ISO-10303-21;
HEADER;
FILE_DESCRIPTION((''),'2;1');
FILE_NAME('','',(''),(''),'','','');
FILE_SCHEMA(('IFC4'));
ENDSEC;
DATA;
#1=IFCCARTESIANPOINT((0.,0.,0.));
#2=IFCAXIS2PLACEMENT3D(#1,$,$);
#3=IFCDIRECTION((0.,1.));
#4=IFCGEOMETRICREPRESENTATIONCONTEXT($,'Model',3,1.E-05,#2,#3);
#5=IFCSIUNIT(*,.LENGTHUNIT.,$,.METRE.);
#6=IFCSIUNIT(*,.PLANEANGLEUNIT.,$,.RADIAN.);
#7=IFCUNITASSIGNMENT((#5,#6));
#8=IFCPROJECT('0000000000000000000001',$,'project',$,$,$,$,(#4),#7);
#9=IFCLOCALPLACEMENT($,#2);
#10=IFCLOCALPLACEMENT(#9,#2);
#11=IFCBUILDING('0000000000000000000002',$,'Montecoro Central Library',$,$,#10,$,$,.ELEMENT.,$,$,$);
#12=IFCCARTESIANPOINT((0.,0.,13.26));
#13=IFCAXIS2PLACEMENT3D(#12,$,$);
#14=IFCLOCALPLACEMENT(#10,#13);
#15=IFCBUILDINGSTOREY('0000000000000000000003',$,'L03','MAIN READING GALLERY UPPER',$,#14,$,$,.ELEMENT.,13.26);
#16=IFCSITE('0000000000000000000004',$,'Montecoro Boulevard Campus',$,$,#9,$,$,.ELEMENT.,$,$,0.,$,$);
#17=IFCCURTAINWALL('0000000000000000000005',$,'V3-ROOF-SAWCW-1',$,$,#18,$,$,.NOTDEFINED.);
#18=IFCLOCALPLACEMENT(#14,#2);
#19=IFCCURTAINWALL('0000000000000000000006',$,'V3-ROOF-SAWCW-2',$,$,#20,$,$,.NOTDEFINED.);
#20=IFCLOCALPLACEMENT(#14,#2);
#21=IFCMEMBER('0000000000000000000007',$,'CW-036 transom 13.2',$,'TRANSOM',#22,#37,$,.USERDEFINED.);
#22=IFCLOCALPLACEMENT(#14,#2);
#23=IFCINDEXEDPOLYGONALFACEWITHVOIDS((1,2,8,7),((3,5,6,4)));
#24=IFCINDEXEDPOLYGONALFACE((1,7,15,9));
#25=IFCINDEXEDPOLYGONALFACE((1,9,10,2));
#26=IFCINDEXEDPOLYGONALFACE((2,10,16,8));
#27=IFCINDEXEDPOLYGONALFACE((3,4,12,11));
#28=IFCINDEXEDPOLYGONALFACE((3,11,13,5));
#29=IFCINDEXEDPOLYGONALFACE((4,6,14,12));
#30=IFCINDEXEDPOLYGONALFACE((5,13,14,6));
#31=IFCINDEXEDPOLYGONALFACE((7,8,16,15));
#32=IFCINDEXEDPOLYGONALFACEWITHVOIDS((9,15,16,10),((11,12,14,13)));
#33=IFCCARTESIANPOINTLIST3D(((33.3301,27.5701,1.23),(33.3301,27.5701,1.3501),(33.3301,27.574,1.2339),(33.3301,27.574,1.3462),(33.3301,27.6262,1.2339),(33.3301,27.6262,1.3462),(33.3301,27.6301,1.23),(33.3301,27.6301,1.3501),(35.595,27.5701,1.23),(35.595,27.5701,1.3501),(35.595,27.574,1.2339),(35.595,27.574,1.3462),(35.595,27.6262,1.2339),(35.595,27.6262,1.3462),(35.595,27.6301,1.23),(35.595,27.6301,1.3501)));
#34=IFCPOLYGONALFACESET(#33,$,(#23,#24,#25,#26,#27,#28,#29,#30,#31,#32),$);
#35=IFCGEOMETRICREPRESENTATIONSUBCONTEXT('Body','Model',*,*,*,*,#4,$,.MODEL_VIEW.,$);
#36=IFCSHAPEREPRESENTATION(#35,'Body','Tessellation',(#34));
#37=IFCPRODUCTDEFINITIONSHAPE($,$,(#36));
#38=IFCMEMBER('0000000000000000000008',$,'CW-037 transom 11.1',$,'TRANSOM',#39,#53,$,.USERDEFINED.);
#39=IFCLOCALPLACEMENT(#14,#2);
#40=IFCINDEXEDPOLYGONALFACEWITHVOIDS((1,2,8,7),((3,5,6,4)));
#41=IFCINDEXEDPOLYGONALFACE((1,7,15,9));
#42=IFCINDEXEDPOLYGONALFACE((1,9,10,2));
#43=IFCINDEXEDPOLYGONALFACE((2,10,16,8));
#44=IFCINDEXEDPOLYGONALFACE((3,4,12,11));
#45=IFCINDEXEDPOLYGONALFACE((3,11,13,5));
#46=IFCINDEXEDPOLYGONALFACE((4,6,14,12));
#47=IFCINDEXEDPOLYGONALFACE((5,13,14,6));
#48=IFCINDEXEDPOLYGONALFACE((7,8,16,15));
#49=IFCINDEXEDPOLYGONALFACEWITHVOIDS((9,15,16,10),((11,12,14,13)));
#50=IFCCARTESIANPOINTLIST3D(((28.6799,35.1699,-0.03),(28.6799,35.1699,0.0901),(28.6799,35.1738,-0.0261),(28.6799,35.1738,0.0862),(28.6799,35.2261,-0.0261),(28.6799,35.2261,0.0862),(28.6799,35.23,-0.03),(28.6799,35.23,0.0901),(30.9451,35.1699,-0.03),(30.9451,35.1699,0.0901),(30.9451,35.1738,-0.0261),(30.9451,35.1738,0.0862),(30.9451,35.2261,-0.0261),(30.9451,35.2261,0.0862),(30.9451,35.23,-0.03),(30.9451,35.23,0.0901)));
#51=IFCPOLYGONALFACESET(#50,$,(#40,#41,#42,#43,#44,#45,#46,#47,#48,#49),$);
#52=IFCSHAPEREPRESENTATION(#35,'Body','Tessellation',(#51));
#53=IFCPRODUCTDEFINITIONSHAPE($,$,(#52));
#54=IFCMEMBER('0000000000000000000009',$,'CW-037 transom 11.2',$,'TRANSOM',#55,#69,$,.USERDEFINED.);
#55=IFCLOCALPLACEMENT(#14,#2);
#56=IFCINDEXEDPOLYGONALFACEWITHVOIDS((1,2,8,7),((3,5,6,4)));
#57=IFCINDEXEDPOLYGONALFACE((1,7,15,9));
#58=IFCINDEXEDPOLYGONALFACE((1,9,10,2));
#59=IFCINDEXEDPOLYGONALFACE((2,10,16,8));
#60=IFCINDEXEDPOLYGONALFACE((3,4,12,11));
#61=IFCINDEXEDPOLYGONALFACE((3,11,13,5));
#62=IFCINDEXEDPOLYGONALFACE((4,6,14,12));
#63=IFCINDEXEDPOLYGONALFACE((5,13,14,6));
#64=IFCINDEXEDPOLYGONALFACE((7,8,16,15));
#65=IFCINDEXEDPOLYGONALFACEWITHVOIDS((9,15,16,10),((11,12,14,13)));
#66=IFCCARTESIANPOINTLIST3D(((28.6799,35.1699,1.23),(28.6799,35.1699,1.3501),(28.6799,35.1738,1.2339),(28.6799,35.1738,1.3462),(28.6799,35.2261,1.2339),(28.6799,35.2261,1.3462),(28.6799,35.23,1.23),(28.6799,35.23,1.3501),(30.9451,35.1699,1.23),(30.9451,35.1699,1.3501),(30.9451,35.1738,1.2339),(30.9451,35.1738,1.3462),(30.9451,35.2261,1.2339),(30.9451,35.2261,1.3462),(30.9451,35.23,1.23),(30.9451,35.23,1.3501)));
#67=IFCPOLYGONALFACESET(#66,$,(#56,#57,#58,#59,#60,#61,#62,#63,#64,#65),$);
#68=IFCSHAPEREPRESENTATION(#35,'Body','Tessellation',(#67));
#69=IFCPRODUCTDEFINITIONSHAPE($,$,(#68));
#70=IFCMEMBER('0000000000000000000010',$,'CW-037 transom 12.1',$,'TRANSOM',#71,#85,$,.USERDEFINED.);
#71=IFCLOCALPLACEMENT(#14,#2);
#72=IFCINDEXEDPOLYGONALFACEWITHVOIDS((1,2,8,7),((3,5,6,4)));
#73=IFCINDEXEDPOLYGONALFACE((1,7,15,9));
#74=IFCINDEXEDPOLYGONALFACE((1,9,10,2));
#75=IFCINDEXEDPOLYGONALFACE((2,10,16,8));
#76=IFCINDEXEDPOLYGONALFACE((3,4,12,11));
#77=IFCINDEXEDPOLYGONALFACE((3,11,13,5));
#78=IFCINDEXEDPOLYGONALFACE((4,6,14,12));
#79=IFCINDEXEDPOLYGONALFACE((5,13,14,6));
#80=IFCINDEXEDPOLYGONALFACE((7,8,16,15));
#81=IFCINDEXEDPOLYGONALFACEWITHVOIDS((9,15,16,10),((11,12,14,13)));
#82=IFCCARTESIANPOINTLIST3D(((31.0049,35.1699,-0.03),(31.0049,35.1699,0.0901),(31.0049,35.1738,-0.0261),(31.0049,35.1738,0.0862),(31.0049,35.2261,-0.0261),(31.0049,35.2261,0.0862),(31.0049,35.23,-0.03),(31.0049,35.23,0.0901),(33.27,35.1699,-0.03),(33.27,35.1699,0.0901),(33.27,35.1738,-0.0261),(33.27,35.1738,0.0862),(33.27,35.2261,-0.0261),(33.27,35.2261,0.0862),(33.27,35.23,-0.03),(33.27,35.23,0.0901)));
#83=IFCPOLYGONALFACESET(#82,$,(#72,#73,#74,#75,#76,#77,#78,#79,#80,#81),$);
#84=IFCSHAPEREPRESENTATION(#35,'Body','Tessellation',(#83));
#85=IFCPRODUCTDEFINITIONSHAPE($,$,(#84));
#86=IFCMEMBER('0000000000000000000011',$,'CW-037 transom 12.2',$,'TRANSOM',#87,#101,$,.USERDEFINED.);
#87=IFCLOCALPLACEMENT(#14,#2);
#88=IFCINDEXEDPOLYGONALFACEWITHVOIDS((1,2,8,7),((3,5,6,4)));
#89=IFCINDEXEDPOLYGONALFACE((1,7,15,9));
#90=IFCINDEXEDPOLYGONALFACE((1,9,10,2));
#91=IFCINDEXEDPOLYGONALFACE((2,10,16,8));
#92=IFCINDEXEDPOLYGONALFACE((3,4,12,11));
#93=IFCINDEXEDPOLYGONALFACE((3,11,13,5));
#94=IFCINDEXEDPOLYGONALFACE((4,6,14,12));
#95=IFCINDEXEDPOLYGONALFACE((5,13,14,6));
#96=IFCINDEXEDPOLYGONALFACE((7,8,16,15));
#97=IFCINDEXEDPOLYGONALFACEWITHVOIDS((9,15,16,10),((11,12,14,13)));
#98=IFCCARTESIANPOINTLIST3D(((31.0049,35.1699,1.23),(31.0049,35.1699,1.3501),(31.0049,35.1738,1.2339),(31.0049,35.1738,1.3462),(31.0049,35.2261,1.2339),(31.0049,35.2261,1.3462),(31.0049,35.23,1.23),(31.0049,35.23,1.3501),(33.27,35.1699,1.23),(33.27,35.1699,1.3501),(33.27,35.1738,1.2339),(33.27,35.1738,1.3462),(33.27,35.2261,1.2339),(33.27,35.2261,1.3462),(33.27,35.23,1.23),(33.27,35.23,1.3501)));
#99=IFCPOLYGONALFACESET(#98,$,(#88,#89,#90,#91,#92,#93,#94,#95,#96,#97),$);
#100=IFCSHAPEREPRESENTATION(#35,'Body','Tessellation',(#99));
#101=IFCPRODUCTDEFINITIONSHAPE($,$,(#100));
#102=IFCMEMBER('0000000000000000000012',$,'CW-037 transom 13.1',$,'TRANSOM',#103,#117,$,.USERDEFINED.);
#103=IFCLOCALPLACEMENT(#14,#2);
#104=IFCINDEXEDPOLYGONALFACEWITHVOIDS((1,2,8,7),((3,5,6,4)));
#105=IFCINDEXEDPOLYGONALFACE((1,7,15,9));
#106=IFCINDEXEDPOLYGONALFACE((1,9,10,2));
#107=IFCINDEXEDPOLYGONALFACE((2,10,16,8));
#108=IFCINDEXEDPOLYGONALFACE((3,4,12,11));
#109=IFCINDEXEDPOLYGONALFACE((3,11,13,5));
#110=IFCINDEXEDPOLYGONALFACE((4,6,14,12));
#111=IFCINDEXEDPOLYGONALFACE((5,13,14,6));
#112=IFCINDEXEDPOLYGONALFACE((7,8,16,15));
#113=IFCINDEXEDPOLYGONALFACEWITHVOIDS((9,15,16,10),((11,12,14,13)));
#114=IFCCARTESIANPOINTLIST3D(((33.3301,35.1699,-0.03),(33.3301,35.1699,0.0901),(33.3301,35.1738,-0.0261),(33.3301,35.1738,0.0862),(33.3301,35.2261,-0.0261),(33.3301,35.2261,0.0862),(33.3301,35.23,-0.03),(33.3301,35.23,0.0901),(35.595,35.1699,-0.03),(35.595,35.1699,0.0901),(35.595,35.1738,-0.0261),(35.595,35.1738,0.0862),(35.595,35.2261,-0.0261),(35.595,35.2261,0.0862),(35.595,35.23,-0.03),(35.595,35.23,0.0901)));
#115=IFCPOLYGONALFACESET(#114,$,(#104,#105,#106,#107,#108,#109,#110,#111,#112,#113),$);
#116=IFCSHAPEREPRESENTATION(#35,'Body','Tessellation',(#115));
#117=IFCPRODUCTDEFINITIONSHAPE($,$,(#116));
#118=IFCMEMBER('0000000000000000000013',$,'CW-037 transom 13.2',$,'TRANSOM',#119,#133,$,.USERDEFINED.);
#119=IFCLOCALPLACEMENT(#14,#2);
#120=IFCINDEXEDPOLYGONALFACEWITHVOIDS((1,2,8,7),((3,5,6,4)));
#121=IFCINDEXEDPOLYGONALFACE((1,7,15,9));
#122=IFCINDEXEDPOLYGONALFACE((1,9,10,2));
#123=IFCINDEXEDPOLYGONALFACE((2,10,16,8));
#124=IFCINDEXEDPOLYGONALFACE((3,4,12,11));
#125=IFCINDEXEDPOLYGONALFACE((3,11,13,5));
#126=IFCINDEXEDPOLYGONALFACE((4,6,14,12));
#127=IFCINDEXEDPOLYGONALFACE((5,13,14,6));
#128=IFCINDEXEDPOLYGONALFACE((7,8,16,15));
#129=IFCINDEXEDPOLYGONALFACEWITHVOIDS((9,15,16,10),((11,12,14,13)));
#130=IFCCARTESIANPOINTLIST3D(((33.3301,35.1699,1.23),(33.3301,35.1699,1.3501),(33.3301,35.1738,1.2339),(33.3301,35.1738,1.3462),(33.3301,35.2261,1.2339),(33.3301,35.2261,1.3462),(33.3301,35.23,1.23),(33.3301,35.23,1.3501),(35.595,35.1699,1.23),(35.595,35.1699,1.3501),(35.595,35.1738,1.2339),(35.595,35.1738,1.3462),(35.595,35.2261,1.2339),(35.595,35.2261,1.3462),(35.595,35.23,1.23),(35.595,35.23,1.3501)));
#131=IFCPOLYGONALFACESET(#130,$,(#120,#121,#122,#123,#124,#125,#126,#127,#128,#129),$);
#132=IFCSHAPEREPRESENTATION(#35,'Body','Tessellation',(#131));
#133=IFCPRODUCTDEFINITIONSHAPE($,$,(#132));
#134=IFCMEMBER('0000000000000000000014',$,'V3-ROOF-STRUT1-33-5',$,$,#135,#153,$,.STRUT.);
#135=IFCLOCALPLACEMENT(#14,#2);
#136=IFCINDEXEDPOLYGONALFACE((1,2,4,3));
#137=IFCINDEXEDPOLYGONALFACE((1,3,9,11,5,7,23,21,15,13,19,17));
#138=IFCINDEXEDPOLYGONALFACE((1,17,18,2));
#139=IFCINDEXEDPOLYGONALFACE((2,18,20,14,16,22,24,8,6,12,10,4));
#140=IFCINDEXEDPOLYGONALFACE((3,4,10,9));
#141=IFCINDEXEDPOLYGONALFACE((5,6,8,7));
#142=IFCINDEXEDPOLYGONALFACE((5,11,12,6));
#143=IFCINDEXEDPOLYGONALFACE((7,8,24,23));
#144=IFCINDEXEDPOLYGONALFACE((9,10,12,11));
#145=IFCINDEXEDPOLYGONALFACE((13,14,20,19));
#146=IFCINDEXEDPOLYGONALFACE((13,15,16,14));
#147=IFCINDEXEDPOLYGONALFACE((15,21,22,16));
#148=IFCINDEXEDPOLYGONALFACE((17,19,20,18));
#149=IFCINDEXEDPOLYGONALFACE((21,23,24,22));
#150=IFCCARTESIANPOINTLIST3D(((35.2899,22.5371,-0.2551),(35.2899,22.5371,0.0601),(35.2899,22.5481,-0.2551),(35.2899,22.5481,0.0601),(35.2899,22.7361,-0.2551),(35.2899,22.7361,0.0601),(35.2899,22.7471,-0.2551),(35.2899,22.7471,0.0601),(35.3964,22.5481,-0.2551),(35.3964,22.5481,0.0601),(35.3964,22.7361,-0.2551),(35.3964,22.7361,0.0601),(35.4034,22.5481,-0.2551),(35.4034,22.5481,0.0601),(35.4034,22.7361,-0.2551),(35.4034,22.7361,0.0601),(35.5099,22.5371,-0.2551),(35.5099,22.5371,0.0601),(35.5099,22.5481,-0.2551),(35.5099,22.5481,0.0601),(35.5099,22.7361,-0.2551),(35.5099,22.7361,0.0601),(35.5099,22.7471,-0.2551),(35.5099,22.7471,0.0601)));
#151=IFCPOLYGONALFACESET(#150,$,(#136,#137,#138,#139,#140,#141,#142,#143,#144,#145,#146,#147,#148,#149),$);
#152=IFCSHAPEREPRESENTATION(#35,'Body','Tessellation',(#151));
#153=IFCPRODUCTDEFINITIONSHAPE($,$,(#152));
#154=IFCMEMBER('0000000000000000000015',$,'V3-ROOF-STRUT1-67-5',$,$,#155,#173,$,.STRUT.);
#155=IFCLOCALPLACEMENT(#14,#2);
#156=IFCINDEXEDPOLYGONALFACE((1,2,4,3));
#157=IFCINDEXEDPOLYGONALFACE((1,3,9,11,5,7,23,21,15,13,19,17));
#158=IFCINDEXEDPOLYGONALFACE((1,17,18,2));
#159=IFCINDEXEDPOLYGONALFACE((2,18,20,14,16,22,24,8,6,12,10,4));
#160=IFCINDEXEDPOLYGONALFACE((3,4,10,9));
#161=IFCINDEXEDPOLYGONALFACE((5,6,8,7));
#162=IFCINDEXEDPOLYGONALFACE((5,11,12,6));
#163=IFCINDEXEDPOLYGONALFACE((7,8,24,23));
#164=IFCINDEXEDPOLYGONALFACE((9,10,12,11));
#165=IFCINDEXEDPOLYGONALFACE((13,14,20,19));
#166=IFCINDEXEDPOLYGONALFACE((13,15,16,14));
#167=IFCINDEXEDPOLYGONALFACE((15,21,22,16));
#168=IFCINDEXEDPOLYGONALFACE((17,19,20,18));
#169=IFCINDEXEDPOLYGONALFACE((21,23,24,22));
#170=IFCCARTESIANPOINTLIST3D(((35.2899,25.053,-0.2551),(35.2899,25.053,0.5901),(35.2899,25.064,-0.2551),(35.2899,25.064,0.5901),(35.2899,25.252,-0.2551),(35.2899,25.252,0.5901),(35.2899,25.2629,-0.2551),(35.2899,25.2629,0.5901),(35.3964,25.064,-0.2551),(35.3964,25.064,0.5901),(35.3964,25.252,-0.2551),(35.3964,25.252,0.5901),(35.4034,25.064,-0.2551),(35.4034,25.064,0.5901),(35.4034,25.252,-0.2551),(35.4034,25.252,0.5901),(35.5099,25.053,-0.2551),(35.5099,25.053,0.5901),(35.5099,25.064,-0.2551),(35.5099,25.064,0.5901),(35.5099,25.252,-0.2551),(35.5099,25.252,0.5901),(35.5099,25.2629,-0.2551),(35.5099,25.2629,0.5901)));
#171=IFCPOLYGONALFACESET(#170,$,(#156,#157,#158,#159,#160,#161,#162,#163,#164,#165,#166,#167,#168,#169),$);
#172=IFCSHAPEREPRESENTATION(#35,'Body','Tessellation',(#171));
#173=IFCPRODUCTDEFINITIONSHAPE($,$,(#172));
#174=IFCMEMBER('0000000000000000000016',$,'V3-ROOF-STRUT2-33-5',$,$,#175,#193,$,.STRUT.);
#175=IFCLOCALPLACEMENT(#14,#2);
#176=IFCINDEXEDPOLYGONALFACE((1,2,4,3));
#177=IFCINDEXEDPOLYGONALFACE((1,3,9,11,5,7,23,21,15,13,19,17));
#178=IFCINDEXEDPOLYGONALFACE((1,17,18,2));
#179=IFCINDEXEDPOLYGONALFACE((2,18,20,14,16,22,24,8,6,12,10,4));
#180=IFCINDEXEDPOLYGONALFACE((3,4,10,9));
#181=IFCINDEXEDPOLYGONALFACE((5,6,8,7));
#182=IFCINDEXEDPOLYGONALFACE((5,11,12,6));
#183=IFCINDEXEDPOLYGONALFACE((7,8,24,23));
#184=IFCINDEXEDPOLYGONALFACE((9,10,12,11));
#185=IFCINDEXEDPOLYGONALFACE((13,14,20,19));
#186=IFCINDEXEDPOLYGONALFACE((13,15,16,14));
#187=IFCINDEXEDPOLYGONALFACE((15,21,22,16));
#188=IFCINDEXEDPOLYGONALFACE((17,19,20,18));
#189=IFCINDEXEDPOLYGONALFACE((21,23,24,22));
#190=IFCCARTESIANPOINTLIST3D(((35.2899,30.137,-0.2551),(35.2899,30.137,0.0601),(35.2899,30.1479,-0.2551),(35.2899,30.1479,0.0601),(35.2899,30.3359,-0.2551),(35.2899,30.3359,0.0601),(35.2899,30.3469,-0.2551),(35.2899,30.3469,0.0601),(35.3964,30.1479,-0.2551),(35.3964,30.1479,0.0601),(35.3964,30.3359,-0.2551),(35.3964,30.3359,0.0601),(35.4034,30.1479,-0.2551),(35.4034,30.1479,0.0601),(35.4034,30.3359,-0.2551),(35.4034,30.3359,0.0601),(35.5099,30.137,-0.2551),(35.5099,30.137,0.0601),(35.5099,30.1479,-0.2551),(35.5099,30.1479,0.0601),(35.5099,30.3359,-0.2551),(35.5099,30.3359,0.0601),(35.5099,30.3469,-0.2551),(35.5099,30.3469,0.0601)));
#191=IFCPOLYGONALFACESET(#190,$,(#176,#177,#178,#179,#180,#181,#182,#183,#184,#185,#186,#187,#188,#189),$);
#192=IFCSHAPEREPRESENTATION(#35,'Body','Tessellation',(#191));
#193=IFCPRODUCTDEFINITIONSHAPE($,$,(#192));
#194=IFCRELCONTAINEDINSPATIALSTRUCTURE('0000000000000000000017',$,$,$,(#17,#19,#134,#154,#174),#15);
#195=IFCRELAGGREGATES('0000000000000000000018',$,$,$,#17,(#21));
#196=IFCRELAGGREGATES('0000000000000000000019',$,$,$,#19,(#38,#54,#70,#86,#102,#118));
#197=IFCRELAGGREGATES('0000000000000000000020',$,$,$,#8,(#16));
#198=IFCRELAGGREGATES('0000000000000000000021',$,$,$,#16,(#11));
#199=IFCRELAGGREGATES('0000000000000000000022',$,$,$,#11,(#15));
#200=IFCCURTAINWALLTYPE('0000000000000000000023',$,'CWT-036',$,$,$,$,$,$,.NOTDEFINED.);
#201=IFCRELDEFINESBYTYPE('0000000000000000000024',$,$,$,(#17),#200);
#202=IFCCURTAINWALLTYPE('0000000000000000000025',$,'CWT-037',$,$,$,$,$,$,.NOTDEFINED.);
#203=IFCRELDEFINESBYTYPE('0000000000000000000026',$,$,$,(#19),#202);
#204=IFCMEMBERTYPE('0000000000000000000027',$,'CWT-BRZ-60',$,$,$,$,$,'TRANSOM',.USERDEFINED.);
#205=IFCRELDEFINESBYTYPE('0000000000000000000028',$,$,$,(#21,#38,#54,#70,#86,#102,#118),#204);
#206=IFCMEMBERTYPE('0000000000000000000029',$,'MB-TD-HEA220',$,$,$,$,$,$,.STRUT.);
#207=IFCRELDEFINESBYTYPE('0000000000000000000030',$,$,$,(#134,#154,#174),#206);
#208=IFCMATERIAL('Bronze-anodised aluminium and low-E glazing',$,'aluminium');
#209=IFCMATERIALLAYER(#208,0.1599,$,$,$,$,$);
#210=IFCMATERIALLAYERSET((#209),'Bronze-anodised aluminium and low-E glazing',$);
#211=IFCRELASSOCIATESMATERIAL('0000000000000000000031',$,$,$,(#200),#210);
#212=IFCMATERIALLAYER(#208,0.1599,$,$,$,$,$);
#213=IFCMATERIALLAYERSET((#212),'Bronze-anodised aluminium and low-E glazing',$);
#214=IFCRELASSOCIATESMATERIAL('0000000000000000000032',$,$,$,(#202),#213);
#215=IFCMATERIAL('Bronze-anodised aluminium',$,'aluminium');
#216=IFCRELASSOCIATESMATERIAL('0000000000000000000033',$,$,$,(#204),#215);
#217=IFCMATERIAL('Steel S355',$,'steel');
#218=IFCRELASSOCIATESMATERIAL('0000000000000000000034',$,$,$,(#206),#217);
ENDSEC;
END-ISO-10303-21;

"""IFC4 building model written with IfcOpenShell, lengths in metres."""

from ifc_helpers import new_model, si_unit, direction, frame, origin, origin_2d, place, context, subcontext, project, spatial, hollow_rectangle, i_section, extrude, material, layer, layer_set, material_profile, profile_set, type_object, element, aggregate, save


model = new_model("IFC4")

# Units and contexts
model_context = context("Model", 3, precision=1e-05, world=origin(), true_north=direction((0.0, 1.0)))
body_context = subcontext(model_context, "Body", "Model", "MODEL_VIEW")
ifc_project = project(units=[si_unit("LENGTHUNIT", "METRE"), si_unit("PLANEANGLEUNIT", "RADIAN")], contexts=[model_context])

# Site, building, storey
site_placement = place(None, origin())
site = spatial("IfcSite", under=ifc_project, at=site_placement, Name="Montecoro Boulevard Campus", CompositionType="ELEMENT", RefElevation=0.0)
building_placement = place(site_placement, origin())
building = spatial("IfcBuilding", under=site, at=building_placement, Name="Montecoro Central Library", CompositionType="ELEMENT")
storey_placement = place(building_placement, frame((0.0, 0.0, 13.26)))
storey = spatial("IfcBuildingStorey", under=building, at=storey_placement, Name="L03", Description="MAIN READING GALLERY UPPER", CompositionType="ELEMENT", Elevation=13.26)

# Curtain walls
ifc_material_1 = material(Name="Bronze-anodised aluminium and low-E glazing", Category="aluminium")
ifc_layer_1 = layer(ifc_material_1, 0.1599)
ifc_layer_set_1 = layer_set([ifc_layer_1], Name="Bronze-anodised aluminium and low-E glazing")
curtain_wall_type_1 = type_object("IfcCurtainWallType", Name="CWT-036", PredefinedType="NOTDEFINED", material=ifc_layer_set_1)
curtain_wall_1_placement = place(storey_placement, origin())
curtain_wall_1 = element("IfcCurtainWall", 1, at=curtain_wall_1_placement, inside=storey, type_object=curtain_wall_type_1, Name="V3-ROOF-SAWCW-1", PredefinedType="NOTDEFINED")
ifc_material_2 = material(Name="Bronze-anodised aluminium", Category="aluminium")
ifc_layer_2 = layer(ifc_material_1, 0.1599)
ifc_layer_set_2 = layer_set([ifc_layer_2], Name="Bronze-anodised aluminium and low-E glazing")
curtain_wall_type_2 = type_object("IfcCurtainWallType", Name="CWT-037", PredefinedType="NOTDEFINED", material=ifc_layer_set_2)
curtain_wall_2_placement = place(storey_placement, origin())
curtain_wall_2 = element("IfcCurtainWall", 2, at=curtain_wall_2_placement, inside=storey, type_object=curtain_wall_type_2, Name="V3-ROOF-SAWCW-2", PredefinedType="NOTDEFINED")

# Members
ifc_material_profile_1 = material_profile(ifc_material_2, hollow_rectangle(XDim=0.0601, YDim=0.1201, WallThickness=0.0039, at=origin_2d()), Name="CWT 120x60x4.0")
ifc_profile_set_1 = profile_set([ifc_material_profile_1], Name="Bronze-anodised aluminium")
member_type_1 = type_object("IfcMemberType", Name="CWT-BRZ-60", ElementType="TRANSOM", PredefinedType="USERDEFINED", material=ifc_profile_set_1)
member_1_placement = place(storey_placement, frame((33.3301, 27.6001, 1.29), z_axis=(1.0, 0.0, 0.0), x_axis=(0.0, 1.0, 0.0)))
member_1 = element("IfcMember", 3, at=member_1_placement, type_object=member_type_1, Name="CW-036 transom 13.2", ObjectType="TRANSOM", PredefinedType="USERDEFINED", context=body_context, shape_type="SweptSolid", body=[
    extrude(hollow_rectangle(XDim=0.0601, YDim=0.1201, WallThickness=0.0039, at=origin_2d()), origin(), (0.0, 0.0, 1.0), 2.2649),
])
member_2_placement = place(storey_placement, frame((28.6799, 35.2, 0.03), z_axis=(1.0, 0.0, 0.0), x_axis=(0.0, 1.0, 0.0)))
member_2 = element("IfcMember", 4, at=member_2_placement, type_object=member_type_1, Name="CW-037 transom 11.1", ObjectType="TRANSOM", PredefinedType="USERDEFINED", context=body_context, shape_type="SweptSolid", body=[
    extrude(hollow_rectangle(XDim=0.0601, YDim=0.1201, WallThickness=0.0039, at=origin_2d()), origin(), (0.0, 0.0, 1.0), 2.2651),
])
member_3_placement = place(storey_placement, frame((28.6799, 35.2, 1.29), z_axis=(1.0, 0.0, 0.0), x_axis=(0.0, 1.0, 0.0)))
member_3 = element("IfcMember", 5, at=member_3_placement, type_object=member_type_1, Name="CW-037 transom 11.2", ObjectType="TRANSOM", PredefinedType="USERDEFINED", context=body_context, shape_type="SweptSolid", body=[
    extrude(hollow_rectangle(XDim=0.0601, YDim=0.1201, WallThickness=0.0039, at=origin_2d()), origin(), (0.0, 0.0, 1.0), 2.2651),
])
member_4_placement = place(storey_placement, frame((31.0049, 35.2, 0.03), z_axis=(1.0, 0.0, 0.0), x_axis=(0.0, 1.0, 0.0)))
member_4 = element("IfcMember", 6, at=member_4_placement, type_object=member_type_1, Name="CW-037 transom 12.1", ObjectType="TRANSOM", PredefinedType="USERDEFINED", context=body_context, shape_type="SweptSolid", body=[
    extrude(hollow_rectangle(XDim=0.0601, YDim=0.1201, WallThickness=0.0039, at=origin_2d()), origin(), (0.0, 0.0, 1.0), 2.2651),
])
member_5_placement = place(storey_placement, frame((31.0049, 35.2, 1.29), z_axis=(1.0, 0.0, 0.0), x_axis=(0.0, 1.0, 0.0)))
member_5 = element("IfcMember", 7, at=member_5_placement, type_object=member_type_1, Name="CW-037 transom 12.2", ObjectType="TRANSOM", PredefinedType="USERDEFINED", context=body_context, shape_type="SweptSolid", body=[
    extrude(hollow_rectangle(XDim=0.0601, YDim=0.1201, WallThickness=0.0039, at=origin_2d()), origin(), (0.0, 0.0, 1.0), 2.2651),
])
member_6_placement = place(storey_placement, frame((33.3301, 35.2, 0.03), z_axis=(1.0, 0.0, 0.0), x_axis=(0.0, 1.0, 0.0)))
member_6 = element("IfcMember", 8, at=member_6_placement, type_object=member_type_1, Name="CW-037 transom 13.1", ObjectType="TRANSOM", PredefinedType="USERDEFINED", context=body_context, shape_type="SweptSolid", body=[
    extrude(hollow_rectangle(XDim=0.0601, YDim=0.1201, WallThickness=0.0039, at=origin_2d()), origin(), (0.0, 0.0, 1.0), 2.2649),
])
member_7_placement = place(storey_placement, frame((33.3301, 35.2, 1.29), z_axis=(1.0, 0.0, 0.0), x_axis=(0.0, 1.0, 0.0)))
member_7 = element("IfcMember", 9, at=member_7_placement, type_object=member_type_1, Name="CW-037 transom 13.2", ObjectType="TRANSOM", PredefinedType="USERDEFINED", context=body_context, shape_type="SweptSolid", body=[
    extrude(hollow_rectangle(XDim=0.0601, YDim=0.1201, WallThickness=0.0039, at=origin_2d()), origin(), (0.0, 0.0, 1.0), 2.2649),
])

# Members
ifc_material_3 = material(Name="Steel S355", Category="steel")
ifc_material_profile_2 = material_profile(ifc_material_3, i_section(OverallWidth=0.22, OverallDepth=0.21, WebThickness=0.0071, FlangeThickness=0.011, at=origin_2d()), Name="HEA 220")
ifc_profile_set_2 = profile_set([ifc_material_profile_2], Name="Steel S355")
member_type_2 = type_object("IfcMemberType", Name="MB-TD-HEA220", PredefinedType="STRUT", material=ifc_profile_set_2)
member_8_placement = place(storey_placement, frame((35.3999, 22.6421, -0.2551), z_axis=(0.0, 0.0, 1.0), x_axis=(1.0, 0.0, 0.0)))
element("IfcMember", 10, at=member_8_placement, inside=storey, type_object=member_type_2, Name="V3-ROOF-STRUT1-33-5", PredefinedType="STRUT", context=body_context, shape_type="SweptSolid", body=[
    extrude(i_section(OverallWidth=0.22, OverallDepth=0.21, WebThickness=0.0071, FlangeThickness=0.011, at=origin_2d()), origin(), (0.0, 0.0, 1.0), 0.3152),
])
member_9_placement = place(storey_placement, frame((35.3999, 25.158, -0.2551), z_axis=(0.0, 0.0, 1.0), x_axis=(1.0, 0.0, 0.0)))
element("IfcMember", 11, at=member_9_placement, inside=storey, type_object=member_type_2, Name="V3-ROOF-STRUT1-67-5", PredefinedType="STRUT", context=body_context, shape_type="SweptSolid", body=[
    extrude(i_section(OverallWidth=0.22, OverallDepth=0.21, WebThickness=0.0071, FlangeThickness=0.011, at=origin_2d()), origin(), (0.0, 0.0, 1.0), 0.8452),
])
member_10_placement = place(storey_placement, frame((35.3999, 30.2419, -0.2551), z_axis=(0.0, 0.0, 1.0), x_axis=(1.0, 0.0, 0.0)))
element("IfcMember", 12, at=member_10_placement, inside=storey, type_object=member_type_2, Name="V3-ROOF-STRUT2-33-5", PredefinedType="STRUT", context=body_context, shape_type="SweptSolid", body=[
    extrude(i_section(OverallWidth=0.22, OverallDepth=0.21, WebThickness=0.0071, FlangeThickness=0.011, at=origin_2d()), origin(), (0.0, 0.0, 1.0), 0.3152),
])

aggregate(curtain_wall_1, [member_1])
aggregate(curtain_wall_2, [member_2, member_3, member_4, member_5, member_6, member_7])

save(model, "model.ifc")
